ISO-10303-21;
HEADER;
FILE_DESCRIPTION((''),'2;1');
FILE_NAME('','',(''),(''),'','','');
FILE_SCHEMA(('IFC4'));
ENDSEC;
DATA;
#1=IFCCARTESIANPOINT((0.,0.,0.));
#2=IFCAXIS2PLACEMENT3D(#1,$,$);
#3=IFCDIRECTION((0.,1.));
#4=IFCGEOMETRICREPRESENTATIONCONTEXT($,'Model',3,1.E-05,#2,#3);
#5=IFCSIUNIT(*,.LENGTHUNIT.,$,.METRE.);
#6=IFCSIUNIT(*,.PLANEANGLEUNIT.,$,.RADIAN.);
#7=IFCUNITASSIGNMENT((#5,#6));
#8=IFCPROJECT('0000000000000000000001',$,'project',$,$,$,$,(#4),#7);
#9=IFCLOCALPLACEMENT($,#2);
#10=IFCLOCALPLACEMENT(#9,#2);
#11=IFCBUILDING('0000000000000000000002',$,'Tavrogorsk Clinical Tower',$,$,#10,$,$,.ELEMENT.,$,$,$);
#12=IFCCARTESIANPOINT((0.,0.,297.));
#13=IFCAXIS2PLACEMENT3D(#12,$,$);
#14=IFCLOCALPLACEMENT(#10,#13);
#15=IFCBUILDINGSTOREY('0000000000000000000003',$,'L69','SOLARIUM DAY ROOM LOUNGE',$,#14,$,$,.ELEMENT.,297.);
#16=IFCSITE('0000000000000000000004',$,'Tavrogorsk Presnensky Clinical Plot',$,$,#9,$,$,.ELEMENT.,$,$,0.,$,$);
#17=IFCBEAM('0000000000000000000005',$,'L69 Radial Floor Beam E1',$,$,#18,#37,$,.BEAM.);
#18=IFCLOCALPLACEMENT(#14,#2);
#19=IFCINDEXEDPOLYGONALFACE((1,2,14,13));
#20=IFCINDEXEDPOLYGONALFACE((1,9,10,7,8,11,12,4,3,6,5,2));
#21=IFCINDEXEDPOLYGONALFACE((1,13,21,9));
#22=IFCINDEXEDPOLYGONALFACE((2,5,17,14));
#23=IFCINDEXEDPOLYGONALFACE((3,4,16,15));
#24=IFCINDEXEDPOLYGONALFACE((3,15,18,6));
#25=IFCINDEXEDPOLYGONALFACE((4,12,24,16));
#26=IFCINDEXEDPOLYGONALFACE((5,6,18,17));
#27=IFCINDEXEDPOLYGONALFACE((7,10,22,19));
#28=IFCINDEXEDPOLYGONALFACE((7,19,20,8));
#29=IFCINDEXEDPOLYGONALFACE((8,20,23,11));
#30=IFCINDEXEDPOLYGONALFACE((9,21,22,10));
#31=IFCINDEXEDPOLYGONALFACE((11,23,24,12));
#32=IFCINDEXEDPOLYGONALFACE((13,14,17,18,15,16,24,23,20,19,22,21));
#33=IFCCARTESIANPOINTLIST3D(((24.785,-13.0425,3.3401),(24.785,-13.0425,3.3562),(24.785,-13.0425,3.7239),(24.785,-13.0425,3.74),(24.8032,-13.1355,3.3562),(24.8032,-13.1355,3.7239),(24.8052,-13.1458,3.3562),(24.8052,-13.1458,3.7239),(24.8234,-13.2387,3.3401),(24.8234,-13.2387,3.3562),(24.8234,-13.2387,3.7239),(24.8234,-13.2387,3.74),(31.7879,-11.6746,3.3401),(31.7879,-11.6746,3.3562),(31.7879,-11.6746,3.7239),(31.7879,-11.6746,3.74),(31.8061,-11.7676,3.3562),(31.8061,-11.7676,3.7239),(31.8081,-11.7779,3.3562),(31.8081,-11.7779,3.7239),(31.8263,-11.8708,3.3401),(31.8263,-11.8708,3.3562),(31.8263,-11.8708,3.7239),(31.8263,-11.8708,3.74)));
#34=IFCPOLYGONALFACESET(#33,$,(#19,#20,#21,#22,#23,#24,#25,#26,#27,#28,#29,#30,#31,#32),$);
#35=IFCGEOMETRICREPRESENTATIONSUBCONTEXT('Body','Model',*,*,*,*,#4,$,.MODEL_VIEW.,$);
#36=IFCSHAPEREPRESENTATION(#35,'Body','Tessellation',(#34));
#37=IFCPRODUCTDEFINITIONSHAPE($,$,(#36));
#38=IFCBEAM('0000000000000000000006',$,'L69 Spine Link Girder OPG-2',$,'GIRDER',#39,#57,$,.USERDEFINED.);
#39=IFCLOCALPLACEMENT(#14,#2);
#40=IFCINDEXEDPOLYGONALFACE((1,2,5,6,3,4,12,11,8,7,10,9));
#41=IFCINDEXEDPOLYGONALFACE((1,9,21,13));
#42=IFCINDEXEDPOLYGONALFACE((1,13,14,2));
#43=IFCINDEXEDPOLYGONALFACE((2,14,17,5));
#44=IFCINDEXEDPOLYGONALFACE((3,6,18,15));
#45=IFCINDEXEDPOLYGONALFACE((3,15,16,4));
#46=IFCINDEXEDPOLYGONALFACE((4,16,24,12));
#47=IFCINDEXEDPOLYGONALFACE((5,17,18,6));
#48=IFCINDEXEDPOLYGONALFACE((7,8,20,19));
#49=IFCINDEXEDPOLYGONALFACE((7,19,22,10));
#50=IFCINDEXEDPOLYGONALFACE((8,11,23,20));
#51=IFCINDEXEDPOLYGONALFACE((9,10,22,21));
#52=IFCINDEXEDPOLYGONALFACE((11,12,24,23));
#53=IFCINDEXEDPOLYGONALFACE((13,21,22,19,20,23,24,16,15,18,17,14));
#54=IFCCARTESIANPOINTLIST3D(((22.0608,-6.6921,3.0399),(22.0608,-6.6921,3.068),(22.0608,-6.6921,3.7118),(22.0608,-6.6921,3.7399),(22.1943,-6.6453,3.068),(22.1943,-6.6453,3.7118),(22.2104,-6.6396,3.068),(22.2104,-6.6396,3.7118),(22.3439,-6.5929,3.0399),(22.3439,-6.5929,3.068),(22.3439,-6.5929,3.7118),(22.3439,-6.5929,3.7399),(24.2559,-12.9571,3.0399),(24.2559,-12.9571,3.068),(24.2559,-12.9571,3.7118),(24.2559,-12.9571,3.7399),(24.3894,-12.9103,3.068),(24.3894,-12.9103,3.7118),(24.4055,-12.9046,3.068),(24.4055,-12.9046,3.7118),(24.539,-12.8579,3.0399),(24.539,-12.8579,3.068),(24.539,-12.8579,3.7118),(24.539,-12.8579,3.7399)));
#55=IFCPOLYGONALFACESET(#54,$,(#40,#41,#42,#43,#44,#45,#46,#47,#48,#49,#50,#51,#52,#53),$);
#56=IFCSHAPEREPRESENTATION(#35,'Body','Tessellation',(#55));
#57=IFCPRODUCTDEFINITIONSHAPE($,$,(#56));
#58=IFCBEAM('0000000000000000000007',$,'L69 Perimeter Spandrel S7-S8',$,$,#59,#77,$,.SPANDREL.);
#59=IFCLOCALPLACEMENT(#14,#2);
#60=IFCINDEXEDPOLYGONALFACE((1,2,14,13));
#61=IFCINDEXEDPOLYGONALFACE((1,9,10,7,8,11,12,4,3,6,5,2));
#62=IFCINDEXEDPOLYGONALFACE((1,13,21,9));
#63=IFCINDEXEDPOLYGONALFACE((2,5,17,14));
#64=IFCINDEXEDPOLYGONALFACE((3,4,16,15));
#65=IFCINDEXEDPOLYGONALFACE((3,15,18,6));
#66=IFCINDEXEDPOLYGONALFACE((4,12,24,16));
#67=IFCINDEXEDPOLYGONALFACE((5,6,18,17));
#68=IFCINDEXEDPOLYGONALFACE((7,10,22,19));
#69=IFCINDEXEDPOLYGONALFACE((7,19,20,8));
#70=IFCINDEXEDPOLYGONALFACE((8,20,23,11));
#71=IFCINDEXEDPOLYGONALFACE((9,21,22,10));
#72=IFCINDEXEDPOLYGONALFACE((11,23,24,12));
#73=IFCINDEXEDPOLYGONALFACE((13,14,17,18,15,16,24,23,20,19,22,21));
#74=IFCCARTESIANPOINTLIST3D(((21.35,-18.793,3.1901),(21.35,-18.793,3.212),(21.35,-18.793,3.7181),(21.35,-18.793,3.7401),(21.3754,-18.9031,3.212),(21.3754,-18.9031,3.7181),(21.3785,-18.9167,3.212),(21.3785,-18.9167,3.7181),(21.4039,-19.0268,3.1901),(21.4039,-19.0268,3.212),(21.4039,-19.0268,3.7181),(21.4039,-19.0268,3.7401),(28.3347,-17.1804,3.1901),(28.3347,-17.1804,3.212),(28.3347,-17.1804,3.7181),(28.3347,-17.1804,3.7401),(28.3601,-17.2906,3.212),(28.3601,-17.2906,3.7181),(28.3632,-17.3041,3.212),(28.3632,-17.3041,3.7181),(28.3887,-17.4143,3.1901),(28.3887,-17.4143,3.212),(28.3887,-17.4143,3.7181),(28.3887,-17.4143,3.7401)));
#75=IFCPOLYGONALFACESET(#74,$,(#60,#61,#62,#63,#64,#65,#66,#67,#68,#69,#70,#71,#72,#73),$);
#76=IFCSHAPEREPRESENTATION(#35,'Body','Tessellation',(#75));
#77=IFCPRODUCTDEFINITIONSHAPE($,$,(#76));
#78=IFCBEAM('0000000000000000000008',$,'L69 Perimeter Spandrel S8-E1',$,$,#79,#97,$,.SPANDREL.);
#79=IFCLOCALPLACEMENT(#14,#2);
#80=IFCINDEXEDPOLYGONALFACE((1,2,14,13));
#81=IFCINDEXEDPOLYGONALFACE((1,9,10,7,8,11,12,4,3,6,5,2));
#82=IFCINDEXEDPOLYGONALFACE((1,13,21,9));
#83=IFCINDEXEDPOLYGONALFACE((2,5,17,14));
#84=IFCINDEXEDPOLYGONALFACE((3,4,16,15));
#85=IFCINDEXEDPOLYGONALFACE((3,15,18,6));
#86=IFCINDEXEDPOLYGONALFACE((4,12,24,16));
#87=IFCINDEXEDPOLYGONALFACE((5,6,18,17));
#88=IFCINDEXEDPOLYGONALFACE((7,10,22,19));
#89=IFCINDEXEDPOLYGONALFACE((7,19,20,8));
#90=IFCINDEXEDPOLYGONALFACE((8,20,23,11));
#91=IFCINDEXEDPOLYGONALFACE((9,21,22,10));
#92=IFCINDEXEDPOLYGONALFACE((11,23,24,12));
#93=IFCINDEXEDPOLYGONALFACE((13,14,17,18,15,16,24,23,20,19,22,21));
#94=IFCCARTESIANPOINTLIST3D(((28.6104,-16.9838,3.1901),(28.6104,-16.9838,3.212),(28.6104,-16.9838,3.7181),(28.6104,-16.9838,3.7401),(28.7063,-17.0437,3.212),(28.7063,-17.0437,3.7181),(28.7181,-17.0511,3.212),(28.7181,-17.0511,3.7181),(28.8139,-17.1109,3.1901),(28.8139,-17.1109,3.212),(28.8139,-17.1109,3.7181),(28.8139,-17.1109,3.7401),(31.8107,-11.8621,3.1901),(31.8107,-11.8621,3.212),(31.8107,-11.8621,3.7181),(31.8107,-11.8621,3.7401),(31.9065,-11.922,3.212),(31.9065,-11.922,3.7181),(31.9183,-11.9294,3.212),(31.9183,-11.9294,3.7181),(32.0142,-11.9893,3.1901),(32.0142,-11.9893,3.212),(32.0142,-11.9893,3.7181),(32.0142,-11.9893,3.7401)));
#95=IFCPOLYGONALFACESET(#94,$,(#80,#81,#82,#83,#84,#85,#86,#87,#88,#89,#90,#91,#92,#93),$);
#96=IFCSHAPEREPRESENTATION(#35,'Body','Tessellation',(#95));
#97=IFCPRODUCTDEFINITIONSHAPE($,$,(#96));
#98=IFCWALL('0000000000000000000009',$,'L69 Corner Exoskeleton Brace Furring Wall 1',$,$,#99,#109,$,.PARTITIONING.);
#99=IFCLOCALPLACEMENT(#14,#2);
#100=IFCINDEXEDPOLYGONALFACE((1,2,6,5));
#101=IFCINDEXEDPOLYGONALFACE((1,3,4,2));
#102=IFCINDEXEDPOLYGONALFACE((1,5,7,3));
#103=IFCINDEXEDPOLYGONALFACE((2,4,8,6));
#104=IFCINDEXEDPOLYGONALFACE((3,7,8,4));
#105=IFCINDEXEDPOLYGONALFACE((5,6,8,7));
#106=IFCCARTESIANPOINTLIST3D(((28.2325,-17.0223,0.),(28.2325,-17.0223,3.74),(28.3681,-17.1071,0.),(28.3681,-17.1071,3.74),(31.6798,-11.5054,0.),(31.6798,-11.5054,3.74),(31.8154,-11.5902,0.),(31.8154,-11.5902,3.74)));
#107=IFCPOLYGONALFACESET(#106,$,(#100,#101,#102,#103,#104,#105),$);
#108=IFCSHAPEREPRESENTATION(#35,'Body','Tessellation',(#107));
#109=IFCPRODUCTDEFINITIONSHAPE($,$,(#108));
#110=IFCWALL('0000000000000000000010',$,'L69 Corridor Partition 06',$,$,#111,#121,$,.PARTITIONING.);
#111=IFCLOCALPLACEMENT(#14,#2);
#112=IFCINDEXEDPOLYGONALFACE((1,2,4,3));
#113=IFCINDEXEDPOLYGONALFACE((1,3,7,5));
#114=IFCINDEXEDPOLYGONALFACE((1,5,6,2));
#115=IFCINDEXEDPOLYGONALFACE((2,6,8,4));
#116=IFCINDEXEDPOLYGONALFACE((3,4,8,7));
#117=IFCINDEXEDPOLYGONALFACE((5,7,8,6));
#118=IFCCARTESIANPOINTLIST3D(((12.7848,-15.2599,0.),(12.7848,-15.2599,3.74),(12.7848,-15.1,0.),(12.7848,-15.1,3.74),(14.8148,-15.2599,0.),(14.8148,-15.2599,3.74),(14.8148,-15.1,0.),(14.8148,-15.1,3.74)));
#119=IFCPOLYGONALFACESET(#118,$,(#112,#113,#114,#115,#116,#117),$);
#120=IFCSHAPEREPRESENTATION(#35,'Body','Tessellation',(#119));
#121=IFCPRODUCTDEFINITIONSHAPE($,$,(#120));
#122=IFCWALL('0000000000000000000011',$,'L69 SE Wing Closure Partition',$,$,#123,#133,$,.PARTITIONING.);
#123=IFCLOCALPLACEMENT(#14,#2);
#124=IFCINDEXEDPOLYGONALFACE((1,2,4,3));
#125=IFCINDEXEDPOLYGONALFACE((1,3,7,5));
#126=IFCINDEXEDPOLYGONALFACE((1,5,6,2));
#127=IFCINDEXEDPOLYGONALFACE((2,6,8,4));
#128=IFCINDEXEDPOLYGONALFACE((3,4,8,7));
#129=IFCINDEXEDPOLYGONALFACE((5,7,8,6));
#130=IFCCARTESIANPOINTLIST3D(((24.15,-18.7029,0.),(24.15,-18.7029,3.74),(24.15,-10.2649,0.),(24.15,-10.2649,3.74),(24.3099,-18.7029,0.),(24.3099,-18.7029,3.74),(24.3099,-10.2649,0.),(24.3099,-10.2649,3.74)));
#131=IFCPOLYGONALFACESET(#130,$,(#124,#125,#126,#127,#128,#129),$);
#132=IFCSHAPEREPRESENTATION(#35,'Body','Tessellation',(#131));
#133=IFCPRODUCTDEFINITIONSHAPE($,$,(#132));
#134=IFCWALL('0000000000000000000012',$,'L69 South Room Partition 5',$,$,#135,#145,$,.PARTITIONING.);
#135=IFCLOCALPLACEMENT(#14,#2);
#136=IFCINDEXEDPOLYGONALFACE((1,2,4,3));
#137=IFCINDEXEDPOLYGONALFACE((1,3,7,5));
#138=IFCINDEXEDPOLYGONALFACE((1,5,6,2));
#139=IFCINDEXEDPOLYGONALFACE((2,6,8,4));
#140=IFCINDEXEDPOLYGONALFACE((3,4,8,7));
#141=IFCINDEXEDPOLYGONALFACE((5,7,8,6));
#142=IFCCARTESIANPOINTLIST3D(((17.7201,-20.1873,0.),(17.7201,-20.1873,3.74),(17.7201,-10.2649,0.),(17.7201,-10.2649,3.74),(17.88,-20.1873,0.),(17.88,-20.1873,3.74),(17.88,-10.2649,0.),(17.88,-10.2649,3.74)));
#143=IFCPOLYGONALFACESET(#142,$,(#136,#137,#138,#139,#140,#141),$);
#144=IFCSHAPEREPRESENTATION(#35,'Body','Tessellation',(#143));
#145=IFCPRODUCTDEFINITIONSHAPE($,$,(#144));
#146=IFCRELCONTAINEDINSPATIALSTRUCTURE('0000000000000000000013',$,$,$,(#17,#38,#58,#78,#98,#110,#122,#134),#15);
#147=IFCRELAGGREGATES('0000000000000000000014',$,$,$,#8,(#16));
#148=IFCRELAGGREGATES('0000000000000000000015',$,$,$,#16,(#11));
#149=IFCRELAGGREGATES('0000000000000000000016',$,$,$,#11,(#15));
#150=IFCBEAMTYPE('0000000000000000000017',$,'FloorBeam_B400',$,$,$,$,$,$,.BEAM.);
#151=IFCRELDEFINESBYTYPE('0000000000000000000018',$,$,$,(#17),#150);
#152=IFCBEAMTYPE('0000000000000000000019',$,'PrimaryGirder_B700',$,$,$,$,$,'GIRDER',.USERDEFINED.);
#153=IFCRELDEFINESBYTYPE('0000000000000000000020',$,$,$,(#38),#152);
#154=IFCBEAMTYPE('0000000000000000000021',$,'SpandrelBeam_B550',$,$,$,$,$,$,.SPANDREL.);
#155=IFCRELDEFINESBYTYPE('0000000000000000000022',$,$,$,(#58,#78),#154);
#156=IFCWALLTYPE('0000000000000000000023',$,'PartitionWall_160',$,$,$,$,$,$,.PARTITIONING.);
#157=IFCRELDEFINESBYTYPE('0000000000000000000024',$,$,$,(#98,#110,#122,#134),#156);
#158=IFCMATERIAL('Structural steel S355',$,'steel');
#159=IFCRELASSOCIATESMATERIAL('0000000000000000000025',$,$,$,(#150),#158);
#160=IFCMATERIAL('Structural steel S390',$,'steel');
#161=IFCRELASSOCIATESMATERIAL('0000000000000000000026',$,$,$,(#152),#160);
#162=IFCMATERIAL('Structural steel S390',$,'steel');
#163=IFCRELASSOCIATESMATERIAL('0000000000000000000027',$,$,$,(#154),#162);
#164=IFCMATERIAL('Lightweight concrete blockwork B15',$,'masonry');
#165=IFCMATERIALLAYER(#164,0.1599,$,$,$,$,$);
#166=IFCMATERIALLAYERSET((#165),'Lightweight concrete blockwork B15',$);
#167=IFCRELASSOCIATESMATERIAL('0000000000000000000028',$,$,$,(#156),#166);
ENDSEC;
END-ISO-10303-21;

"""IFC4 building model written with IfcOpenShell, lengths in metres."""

from ifc_helpers import new_model, si_unit, direction, frame, frame_2d, origin, origin_2d, place, context, subcontext, project, spatial, rectangle, i_section, extrude, material, layer, layer_set, material_profile, profile_set, type_object, element, save


model = new_model("IFC4")

# Units and contexts
model_context = context("Model", 3, precision=1e-05, world=origin(), true_north=direction((0.0, 1.0)))
body_context = subcontext(model_context, "Body", "Model", "MODEL_VIEW")
ifc_project = project(units=[si_unit("LENGTHUNIT", "METRE"), si_unit("PLANEANGLEUNIT", "RADIAN")], contexts=[model_context])

# Site, building, storey
site_placement = place(None, origin())
site = spatial("IfcSite", under=ifc_project, at=site_placement, Name="Tavrogorsk Presnensky Clinical Plot", CompositionType="ELEMENT", RefElevation=0.0)
building_placement = place(site_placement, origin())
building = spatial("IfcBuilding", under=site, at=building_placement, Name="Tavrogorsk Clinical Tower", CompositionType="ELEMENT")
storey_placement = place(building_placement, frame((0.0, 0.0, 297.0)))
storey = spatial("IfcBuildingStorey", under=building, at=storey_placement, Name="L69", Description="SOLARIUM DAY ROOM LOUNGE", CompositionType="ELEMENT", Elevation=297.0)

# Beams
ifc_material_1 = material(Name="Structural steel S355", Category="steel")
ifc_material_profile_1 = material_profile(ifc_material_1, i_section(OverallWidth=0.2, OverallDepth=0.3999, WebThickness=0.0105, FlangeThickness=0.0161, at=origin_2d()), Name="B-400x200x10.5x16")
ifc_profile_set_1 = profile_set([ifc_material_profile_1], Name="Structural steel S355")
beam_type_1 = type_object("IfcBeamType", Name="FloorBeam_B400", PredefinedType="BEAM", material=ifc_profile_set_1)
beam_1_placement = place(storey_placement, frame((24.8042, -13.1406, 3.54), z_axis=(0.981451, 0.191712, 0.0), x_axis=(-0.191712, 0.981451, 0.0)))
element("IfcBeam", 1, at=beam_1_placement, inside=storey, type_object=beam_type_1, Name="L69 Radial Floor Beam E1", PredefinedType="BEAM", context=body_context, shape_type="SweptSolid", body=[
    extrude(i_section(OverallWidth=0.2, OverallDepth=0.3999, WebThickness=0.0105, FlangeThickness=0.0161, at=origin_2d()), origin(), (0.0, 0.0, 1.0), 7.1353),
])
ifc_material_2 = material(Name="Structural steel S390", Category="steel")
ifc_material_profile_2 = material_profile(ifc_material_2, i_section(OverallWidth=0.3, OverallDepth=0.7, WebThickness=0.0171, FlangeThickness=0.0281, at=origin_2d()), Name="B-700x300x17x28")
ifc_profile_set_2 = profile_set([ifc_material_profile_2], Name="Structural steel S390")
beam_type_2 = type_object("IfcBeamType", Name="PrimaryGirder_B700", ElementType="GIRDER", PredefinedType="USERDEFINED", material=ifc_profile_set_2)
beam_2_placement = place(storey_placement, frame((24.3975, -12.9075, 3.3899), z_axis=(-0.330667, 0.943748, 0.0), x_axis=(-0.943748, -0.330667, 0.0)))
element("IfcBeam", 2, at=beam_2_placement, inside=storey, type_object=beam_type_2, Name="L69 Spine Link Girder OPG-2", ObjectType="GIRDER", PredefinedType="USERDEFINED", context=body_context, shape_type="SweptSolid", body=[
    extrude(i_section(OverallWidth=0.3, OverallDepth=0.7, WebThickness=0.0171, FlangeThickness=0.0281, at=origin_2d()), origin(), (0.0, 0.0, 1.0), 6.6384),
])
ifc_material_3 = material(Name="Structural steel S390", Category="steel")
ifc_material_profile_3 = material_profile(ifc_material_3, i_section(OverallWidth=0.24, OverallDepth=0.55, WebThickness=0.0139, FlangeThickness=0.022, at=origin_2d()), Name="B-550x240x14x22")
ifc_profile_set_3 = profile_set([ifc_material_profile_3], Name="Structural steel S390")
beam_type_3 = type_object("IfcBeamType", Name="SpandrelBeam_B550", PredefinedType="SPANDREL", material=ifc_profile_set_3)
beam_3_placement = place(storey_placement, frame((21.377, -18.9099, 3.4651), z_axis=(0.974369, 0.224954, 0.0), x_axis=(-0.224954, 0.974369, 0.0)))
element("IfcBeam", 3, at=beam_3_placement, inside=storey, type_object=beam_type_3, Name="L69 Perimeter Spandrel S7-S8", PredefinedType="SPANDREL", context=body_context, shape_type="SweptSolid", body=[
    extrude(i_section(OverallWidth=0.24, OverallDepth=0.55, WebThickness=0.0139, FlangeThickness=0.022, at=origin_2d()), origin(), (0.0, 0.0, 1.0), 7.1685),
])
beam_4_placement = place(storey_placement, frame((28.7122, -17.0474, 3.4651), z_axis=(0.529904, 0.848057, 0.0), x_axis=(-0.848057, 0.529904, 0.0)))
element("IfcBeam", 4, at=beam_4_placement, inside=storey, type_object=beam_type_3, Name="L69 Perimeter Spandrel S8-E1", PredefinedType="SPANDREL", context=body_context, shape_type="SweptSolid", body=[
    extrude(i_section(OverallWidth=0.24, OverallDepth=0.55, WebThickness=0.0139, FlangeThickness=0.022, at=origin_2d()), origin(), (0.0, 0.0, 1.0), 6.0393),
])

# Walls
ifc_material_4 = material(Name="Lightweight concrete blockwork B15", Category="masonry")
ifc_layer_1 = layer(ifc_material_4, 0.1599)
ifc_layer_set_1 = layer_set([ifc_layer_1], Name="Lightweight concrete blockwork B15")
wall_type_1 = type_object("IfcWallType", Name="PartitionWall_160", PredefinedType="PARTITIONING", material=ifc_layer_set_1)
wall_1_placement = place(storey_placement, frame((28.3003, -17.0647, 0.0), z_axis=(0.0, 0.0, 1.0), x_axis=(0.529915, 0.848051, 0.0)))
element("IfcWall", 5, at=wall_1_placement, inside=storey, type_object=wall_type_1, Name="L69 Corner Exoskeleton Brace Furring Wall 1", PredefinedType="PARTITIONING", context=body_context, shape_type="SweptSolid", body=[
    extrude(rectangle(XDim=6.5054, YDim=0.1599, at=frame_2d((3.2527, 0.0))), origin(), (0.0, 0.0, 1.0), 3.74),
])
wall_2_placement = place(storey_placement, frame((14.8149, -15.1799, 0.0), z_axis=(0.0, 0.0, 1.0), x_axis=(-1.0, 0.0, 0.0)))
element("IfcWall", 6, at=wall_2_placement, inside=storey, type_object=wall_type_1, Name="L69 Corridor Partition 06", PredefinedType="PARTITIONING", context=body_context, shape_type="SweptSolid", body=[
    extrude(rectangle(XDim=2.03, YDim=0.1599, at=frame_2d((1.0151, 0.0))), origin(), (0.0, 0.0, 1.0), 3.74),
])
wall_3_placement = place(storey_placement, frame((24.23, -18.7029, 0.0), z_axis=(0.0, 0.0, 1.0), x_axis=(0.0, 1.0, 0.0)))
element("IfcWall", 7, at=wall_3_placement, inside=storey, type_object=wall_type_1, Name="L69 SE Wing Closure Partition", PredefinedType="PARTITIONING", context=body_context, shape_type="SweptSolid", body=[
    extrude(rectangle(XDim=8.438, YDim=0.1599, at=frame_2d((4.219, 0.0))), origin(), (0.0, 0.0, 1.0), 3.74),
])
wall_4_placement = place(storey_placement, frame((17.8, -20.1873, 0.0), z_axis=(0.0, 0.0, 1.0), x_axis=(0.0, 1.0, 0.0)))
element("IfcWall", 8, at=wall_4_placement, inside=storey, type_object=wall_type_1, Name="L69 South Room Partition 5", PredefinedType="PARTITIONING", context=body_context, shape_type="SweptSolid", body=[
    extrude(rectangle(XDim=9.9224, YDim=0.1599, at=frame_2d((4.9612, 0.0))), origin(), (0.0, 0.0, 1.0), 3.74),
])

save(model, "model.ifc")
